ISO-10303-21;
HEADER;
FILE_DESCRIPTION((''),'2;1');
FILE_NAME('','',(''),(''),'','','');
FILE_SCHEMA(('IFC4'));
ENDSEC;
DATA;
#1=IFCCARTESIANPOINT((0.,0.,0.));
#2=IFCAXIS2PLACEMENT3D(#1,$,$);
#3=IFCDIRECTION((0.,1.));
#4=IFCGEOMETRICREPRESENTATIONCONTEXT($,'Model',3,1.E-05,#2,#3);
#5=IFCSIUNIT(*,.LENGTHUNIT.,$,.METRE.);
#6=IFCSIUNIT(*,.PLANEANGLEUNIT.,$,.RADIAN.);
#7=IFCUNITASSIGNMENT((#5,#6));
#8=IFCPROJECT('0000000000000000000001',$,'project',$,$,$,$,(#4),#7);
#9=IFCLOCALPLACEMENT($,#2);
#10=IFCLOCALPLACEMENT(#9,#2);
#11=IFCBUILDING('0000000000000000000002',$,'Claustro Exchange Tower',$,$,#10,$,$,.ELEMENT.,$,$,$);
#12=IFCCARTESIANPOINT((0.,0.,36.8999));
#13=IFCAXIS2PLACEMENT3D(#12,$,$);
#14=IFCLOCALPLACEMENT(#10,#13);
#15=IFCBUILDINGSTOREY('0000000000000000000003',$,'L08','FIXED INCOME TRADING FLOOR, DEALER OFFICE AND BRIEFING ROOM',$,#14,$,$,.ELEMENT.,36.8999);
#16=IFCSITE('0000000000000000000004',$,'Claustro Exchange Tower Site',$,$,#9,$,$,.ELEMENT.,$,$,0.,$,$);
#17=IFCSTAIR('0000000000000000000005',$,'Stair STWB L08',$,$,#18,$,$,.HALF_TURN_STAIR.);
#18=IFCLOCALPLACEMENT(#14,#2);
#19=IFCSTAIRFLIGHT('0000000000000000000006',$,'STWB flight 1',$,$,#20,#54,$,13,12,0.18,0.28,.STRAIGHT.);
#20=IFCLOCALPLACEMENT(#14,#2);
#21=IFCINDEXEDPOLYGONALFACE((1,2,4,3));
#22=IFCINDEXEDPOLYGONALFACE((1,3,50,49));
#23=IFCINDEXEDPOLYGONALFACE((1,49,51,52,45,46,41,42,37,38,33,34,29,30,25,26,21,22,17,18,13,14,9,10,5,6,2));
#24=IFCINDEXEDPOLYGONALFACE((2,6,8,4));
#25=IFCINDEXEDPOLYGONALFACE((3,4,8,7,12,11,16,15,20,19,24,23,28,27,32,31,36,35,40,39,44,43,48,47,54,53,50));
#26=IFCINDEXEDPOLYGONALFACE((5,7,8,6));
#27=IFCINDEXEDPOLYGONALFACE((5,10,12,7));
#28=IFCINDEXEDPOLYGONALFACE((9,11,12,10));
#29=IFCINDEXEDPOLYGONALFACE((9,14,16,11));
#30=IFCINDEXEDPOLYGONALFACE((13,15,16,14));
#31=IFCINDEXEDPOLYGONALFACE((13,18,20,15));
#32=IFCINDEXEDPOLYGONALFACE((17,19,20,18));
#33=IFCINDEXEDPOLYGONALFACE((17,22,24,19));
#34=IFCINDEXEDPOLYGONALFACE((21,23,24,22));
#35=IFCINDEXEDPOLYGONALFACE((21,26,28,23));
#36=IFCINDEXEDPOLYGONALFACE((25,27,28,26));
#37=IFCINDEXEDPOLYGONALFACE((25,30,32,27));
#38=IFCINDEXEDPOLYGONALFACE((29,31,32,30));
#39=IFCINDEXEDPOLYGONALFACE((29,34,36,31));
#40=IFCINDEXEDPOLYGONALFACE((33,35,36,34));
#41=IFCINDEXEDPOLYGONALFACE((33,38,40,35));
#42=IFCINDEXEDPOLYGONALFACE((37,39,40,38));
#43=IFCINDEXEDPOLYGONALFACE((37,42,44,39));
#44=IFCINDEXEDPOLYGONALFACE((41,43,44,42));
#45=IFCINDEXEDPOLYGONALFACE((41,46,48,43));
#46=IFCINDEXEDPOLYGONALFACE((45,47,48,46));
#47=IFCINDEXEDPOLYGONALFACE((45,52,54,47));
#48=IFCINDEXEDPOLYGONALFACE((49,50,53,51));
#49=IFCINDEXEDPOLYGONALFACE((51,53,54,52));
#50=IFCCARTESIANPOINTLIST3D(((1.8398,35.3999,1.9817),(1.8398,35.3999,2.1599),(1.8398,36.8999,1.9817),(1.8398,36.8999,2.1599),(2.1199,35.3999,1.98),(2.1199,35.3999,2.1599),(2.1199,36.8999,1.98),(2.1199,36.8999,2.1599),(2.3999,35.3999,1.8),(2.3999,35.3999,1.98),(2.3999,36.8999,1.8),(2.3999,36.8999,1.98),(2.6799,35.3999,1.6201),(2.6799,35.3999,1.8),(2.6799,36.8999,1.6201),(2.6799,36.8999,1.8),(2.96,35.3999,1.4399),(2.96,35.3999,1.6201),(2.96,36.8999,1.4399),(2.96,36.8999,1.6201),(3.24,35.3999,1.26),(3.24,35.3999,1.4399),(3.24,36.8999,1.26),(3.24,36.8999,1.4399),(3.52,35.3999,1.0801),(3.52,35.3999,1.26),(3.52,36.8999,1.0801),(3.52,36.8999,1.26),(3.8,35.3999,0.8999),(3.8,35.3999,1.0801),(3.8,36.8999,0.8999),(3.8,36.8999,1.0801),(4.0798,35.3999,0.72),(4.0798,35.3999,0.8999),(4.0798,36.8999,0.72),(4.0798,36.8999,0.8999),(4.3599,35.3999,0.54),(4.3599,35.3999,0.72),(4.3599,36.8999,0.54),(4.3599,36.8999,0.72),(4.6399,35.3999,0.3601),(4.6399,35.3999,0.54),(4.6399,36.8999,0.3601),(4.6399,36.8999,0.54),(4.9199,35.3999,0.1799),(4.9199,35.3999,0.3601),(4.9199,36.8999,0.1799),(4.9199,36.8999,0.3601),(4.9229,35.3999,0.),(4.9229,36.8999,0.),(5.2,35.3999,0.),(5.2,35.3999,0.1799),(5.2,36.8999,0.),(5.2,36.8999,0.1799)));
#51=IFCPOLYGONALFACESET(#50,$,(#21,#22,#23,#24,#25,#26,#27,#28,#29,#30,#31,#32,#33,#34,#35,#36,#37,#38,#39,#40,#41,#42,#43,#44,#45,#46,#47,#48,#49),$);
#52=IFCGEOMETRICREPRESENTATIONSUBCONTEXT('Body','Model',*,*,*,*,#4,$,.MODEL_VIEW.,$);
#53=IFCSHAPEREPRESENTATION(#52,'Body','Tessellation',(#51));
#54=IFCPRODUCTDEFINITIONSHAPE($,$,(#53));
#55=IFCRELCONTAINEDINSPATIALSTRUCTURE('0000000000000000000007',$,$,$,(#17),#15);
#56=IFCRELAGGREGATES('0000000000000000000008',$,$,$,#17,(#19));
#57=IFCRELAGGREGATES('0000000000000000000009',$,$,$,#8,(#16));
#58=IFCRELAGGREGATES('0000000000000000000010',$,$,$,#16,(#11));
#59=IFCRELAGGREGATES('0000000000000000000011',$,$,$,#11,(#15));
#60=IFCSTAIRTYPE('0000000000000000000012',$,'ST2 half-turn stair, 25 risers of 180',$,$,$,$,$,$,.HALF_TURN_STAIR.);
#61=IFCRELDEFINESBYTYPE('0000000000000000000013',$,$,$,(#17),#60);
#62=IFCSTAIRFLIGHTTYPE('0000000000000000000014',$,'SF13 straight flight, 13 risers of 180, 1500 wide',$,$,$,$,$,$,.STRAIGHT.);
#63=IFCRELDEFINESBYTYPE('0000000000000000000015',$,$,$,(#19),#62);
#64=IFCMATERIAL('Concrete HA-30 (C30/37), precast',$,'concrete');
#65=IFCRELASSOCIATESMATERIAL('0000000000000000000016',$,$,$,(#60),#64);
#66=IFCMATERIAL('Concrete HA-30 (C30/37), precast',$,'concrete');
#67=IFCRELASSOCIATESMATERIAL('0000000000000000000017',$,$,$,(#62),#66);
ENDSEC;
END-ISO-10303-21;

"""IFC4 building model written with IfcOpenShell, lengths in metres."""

from ifc_helpers import new_model, si_unit, direction, frame, origin, place, context, subcontext, project, spatial, polyline, outline, extrude, material, type_object, element, aggregate, save


model = new_model("IFC4")

# Units and contexts
model_context = context("Model", 3, precision=1e-05, world=origin(), true_north=direction((0.0, 1.0)))
body_context = subcontext(model_context, "Body", "Model", "MODEL_VIEW")
ifc_project = project(units=[si_unit("LENGTHUNIT", "METRE"), si_unit("PLANEANGLEUNIT", "RADIAN")], contexts=[model_context])

# Site, building, storey
site_placement = place(None, origin())
site = spatial("IfcSite", under=ifc_project, at=site_placement, Name="Claustro Exchange Tower Site", CompositionType="ELEMENT", RefElevation=0.0)
building_placement = place(site_placement, origin())
building = spatial("IfcBuilding", under=site, at=building_placement, Name="Claustro Exchange Tower", CompositionType="ELEMENT")
storey_placement = place(building_placement, frame((0.0, 0.0, 36.8999)))
storey = spatial("IfcBuildingStorey", under=building, at=storey_placement, Name="L08", Description="FIXED INCOME TRADING FLOOR, DEALER OFFICE AND BRIEFING ROOM", CompositionType="ELEMENT", Elevation=36.8999)

# Stair, stair flight
ifc_material_1 = material(Name="Concrete HA-30 (C30/37), precast", Category="concrete")
stair_type = type_object("IfcStairType", Name="ST2 half-turn stair, 25 risers of 180", PredefinedType="HALF_TURN_STAIR", material=ifc_material_1)
stair_placement = place(storey_placement, origin())
stair = element("IfcStair", 1, at=stair_placement, inside=storey, type_object=stair_type, Name="Stair STWB L08", PredefinedType="HALF_TURN_STAIR")
ifc_material_2 = material(Name="Concrete HA-30 (C30/37), precast", Category="concrete")
stair_flight_type_1 = type_object("IfcStairFlightType", Name="SF13 straight flight, 13 risers of 180, 1500 wide", PredefinedType="STRAIGHT", material=ifc_material_2)
stair_flight_1_placement = place(storey_placement, frame((5.2, 36.1499, 0.0), z_axis=(0.0, 0.0, 1.0), x_axis=(-1.0, 0.0, 0.0)))
stair_flight_1 = element("IfcStairFlight", 2, at=stair_flight_1_placement, type_object=stair_flight_type_1, Name="STWB flight 1", NumberOfRisers=13, NumberOfTreads=12, PredefinedType="STRAIGHT", RiserHeight=0.18, TreadLength=0.28, context=body_context, shape_type="SweptSolid", body=[
    extrude(outline(polyline([(0.0, 0.0), (0.0, 0.1799), (0.28, 0.1799), (0.28, 0.3601), (0.5601, 0.3601), (0.5601, 0.54), (0.8401, 0.54), (0.8401, 0.72), (1.1201, 0.72), (1.1201, 0.8999), (1.3999, 0.8999), (1.3999, 1.0801), (1.6799, 1.0801), (1.6799, 1.26), (1.96, 1.26), (1.96, 1.4399), (2.24, 1.4399), (2.24, 1.6201), (2.52, 1.6201), (2.52, 1.8), (2.8, 1.8), (2.8, 1.98), (3.0801, 1.98), (3.0801, 2.1599), (3.3601, 2.1599), (3.3601, 2.3401), (3.3601, 1.9817), (0.2771, 0.0), (0.0, 0.0)])), frame((0.0, 0.75, 0.0), z_axis=(0.0, -1.0, 0.0), x_axis=(1.0, 0.0, 0.0)), (0.0, 0.0, 1.0), 1.5),
])
aggregate(stair, [stair_flight_1])

save(model, "model.ifc")
